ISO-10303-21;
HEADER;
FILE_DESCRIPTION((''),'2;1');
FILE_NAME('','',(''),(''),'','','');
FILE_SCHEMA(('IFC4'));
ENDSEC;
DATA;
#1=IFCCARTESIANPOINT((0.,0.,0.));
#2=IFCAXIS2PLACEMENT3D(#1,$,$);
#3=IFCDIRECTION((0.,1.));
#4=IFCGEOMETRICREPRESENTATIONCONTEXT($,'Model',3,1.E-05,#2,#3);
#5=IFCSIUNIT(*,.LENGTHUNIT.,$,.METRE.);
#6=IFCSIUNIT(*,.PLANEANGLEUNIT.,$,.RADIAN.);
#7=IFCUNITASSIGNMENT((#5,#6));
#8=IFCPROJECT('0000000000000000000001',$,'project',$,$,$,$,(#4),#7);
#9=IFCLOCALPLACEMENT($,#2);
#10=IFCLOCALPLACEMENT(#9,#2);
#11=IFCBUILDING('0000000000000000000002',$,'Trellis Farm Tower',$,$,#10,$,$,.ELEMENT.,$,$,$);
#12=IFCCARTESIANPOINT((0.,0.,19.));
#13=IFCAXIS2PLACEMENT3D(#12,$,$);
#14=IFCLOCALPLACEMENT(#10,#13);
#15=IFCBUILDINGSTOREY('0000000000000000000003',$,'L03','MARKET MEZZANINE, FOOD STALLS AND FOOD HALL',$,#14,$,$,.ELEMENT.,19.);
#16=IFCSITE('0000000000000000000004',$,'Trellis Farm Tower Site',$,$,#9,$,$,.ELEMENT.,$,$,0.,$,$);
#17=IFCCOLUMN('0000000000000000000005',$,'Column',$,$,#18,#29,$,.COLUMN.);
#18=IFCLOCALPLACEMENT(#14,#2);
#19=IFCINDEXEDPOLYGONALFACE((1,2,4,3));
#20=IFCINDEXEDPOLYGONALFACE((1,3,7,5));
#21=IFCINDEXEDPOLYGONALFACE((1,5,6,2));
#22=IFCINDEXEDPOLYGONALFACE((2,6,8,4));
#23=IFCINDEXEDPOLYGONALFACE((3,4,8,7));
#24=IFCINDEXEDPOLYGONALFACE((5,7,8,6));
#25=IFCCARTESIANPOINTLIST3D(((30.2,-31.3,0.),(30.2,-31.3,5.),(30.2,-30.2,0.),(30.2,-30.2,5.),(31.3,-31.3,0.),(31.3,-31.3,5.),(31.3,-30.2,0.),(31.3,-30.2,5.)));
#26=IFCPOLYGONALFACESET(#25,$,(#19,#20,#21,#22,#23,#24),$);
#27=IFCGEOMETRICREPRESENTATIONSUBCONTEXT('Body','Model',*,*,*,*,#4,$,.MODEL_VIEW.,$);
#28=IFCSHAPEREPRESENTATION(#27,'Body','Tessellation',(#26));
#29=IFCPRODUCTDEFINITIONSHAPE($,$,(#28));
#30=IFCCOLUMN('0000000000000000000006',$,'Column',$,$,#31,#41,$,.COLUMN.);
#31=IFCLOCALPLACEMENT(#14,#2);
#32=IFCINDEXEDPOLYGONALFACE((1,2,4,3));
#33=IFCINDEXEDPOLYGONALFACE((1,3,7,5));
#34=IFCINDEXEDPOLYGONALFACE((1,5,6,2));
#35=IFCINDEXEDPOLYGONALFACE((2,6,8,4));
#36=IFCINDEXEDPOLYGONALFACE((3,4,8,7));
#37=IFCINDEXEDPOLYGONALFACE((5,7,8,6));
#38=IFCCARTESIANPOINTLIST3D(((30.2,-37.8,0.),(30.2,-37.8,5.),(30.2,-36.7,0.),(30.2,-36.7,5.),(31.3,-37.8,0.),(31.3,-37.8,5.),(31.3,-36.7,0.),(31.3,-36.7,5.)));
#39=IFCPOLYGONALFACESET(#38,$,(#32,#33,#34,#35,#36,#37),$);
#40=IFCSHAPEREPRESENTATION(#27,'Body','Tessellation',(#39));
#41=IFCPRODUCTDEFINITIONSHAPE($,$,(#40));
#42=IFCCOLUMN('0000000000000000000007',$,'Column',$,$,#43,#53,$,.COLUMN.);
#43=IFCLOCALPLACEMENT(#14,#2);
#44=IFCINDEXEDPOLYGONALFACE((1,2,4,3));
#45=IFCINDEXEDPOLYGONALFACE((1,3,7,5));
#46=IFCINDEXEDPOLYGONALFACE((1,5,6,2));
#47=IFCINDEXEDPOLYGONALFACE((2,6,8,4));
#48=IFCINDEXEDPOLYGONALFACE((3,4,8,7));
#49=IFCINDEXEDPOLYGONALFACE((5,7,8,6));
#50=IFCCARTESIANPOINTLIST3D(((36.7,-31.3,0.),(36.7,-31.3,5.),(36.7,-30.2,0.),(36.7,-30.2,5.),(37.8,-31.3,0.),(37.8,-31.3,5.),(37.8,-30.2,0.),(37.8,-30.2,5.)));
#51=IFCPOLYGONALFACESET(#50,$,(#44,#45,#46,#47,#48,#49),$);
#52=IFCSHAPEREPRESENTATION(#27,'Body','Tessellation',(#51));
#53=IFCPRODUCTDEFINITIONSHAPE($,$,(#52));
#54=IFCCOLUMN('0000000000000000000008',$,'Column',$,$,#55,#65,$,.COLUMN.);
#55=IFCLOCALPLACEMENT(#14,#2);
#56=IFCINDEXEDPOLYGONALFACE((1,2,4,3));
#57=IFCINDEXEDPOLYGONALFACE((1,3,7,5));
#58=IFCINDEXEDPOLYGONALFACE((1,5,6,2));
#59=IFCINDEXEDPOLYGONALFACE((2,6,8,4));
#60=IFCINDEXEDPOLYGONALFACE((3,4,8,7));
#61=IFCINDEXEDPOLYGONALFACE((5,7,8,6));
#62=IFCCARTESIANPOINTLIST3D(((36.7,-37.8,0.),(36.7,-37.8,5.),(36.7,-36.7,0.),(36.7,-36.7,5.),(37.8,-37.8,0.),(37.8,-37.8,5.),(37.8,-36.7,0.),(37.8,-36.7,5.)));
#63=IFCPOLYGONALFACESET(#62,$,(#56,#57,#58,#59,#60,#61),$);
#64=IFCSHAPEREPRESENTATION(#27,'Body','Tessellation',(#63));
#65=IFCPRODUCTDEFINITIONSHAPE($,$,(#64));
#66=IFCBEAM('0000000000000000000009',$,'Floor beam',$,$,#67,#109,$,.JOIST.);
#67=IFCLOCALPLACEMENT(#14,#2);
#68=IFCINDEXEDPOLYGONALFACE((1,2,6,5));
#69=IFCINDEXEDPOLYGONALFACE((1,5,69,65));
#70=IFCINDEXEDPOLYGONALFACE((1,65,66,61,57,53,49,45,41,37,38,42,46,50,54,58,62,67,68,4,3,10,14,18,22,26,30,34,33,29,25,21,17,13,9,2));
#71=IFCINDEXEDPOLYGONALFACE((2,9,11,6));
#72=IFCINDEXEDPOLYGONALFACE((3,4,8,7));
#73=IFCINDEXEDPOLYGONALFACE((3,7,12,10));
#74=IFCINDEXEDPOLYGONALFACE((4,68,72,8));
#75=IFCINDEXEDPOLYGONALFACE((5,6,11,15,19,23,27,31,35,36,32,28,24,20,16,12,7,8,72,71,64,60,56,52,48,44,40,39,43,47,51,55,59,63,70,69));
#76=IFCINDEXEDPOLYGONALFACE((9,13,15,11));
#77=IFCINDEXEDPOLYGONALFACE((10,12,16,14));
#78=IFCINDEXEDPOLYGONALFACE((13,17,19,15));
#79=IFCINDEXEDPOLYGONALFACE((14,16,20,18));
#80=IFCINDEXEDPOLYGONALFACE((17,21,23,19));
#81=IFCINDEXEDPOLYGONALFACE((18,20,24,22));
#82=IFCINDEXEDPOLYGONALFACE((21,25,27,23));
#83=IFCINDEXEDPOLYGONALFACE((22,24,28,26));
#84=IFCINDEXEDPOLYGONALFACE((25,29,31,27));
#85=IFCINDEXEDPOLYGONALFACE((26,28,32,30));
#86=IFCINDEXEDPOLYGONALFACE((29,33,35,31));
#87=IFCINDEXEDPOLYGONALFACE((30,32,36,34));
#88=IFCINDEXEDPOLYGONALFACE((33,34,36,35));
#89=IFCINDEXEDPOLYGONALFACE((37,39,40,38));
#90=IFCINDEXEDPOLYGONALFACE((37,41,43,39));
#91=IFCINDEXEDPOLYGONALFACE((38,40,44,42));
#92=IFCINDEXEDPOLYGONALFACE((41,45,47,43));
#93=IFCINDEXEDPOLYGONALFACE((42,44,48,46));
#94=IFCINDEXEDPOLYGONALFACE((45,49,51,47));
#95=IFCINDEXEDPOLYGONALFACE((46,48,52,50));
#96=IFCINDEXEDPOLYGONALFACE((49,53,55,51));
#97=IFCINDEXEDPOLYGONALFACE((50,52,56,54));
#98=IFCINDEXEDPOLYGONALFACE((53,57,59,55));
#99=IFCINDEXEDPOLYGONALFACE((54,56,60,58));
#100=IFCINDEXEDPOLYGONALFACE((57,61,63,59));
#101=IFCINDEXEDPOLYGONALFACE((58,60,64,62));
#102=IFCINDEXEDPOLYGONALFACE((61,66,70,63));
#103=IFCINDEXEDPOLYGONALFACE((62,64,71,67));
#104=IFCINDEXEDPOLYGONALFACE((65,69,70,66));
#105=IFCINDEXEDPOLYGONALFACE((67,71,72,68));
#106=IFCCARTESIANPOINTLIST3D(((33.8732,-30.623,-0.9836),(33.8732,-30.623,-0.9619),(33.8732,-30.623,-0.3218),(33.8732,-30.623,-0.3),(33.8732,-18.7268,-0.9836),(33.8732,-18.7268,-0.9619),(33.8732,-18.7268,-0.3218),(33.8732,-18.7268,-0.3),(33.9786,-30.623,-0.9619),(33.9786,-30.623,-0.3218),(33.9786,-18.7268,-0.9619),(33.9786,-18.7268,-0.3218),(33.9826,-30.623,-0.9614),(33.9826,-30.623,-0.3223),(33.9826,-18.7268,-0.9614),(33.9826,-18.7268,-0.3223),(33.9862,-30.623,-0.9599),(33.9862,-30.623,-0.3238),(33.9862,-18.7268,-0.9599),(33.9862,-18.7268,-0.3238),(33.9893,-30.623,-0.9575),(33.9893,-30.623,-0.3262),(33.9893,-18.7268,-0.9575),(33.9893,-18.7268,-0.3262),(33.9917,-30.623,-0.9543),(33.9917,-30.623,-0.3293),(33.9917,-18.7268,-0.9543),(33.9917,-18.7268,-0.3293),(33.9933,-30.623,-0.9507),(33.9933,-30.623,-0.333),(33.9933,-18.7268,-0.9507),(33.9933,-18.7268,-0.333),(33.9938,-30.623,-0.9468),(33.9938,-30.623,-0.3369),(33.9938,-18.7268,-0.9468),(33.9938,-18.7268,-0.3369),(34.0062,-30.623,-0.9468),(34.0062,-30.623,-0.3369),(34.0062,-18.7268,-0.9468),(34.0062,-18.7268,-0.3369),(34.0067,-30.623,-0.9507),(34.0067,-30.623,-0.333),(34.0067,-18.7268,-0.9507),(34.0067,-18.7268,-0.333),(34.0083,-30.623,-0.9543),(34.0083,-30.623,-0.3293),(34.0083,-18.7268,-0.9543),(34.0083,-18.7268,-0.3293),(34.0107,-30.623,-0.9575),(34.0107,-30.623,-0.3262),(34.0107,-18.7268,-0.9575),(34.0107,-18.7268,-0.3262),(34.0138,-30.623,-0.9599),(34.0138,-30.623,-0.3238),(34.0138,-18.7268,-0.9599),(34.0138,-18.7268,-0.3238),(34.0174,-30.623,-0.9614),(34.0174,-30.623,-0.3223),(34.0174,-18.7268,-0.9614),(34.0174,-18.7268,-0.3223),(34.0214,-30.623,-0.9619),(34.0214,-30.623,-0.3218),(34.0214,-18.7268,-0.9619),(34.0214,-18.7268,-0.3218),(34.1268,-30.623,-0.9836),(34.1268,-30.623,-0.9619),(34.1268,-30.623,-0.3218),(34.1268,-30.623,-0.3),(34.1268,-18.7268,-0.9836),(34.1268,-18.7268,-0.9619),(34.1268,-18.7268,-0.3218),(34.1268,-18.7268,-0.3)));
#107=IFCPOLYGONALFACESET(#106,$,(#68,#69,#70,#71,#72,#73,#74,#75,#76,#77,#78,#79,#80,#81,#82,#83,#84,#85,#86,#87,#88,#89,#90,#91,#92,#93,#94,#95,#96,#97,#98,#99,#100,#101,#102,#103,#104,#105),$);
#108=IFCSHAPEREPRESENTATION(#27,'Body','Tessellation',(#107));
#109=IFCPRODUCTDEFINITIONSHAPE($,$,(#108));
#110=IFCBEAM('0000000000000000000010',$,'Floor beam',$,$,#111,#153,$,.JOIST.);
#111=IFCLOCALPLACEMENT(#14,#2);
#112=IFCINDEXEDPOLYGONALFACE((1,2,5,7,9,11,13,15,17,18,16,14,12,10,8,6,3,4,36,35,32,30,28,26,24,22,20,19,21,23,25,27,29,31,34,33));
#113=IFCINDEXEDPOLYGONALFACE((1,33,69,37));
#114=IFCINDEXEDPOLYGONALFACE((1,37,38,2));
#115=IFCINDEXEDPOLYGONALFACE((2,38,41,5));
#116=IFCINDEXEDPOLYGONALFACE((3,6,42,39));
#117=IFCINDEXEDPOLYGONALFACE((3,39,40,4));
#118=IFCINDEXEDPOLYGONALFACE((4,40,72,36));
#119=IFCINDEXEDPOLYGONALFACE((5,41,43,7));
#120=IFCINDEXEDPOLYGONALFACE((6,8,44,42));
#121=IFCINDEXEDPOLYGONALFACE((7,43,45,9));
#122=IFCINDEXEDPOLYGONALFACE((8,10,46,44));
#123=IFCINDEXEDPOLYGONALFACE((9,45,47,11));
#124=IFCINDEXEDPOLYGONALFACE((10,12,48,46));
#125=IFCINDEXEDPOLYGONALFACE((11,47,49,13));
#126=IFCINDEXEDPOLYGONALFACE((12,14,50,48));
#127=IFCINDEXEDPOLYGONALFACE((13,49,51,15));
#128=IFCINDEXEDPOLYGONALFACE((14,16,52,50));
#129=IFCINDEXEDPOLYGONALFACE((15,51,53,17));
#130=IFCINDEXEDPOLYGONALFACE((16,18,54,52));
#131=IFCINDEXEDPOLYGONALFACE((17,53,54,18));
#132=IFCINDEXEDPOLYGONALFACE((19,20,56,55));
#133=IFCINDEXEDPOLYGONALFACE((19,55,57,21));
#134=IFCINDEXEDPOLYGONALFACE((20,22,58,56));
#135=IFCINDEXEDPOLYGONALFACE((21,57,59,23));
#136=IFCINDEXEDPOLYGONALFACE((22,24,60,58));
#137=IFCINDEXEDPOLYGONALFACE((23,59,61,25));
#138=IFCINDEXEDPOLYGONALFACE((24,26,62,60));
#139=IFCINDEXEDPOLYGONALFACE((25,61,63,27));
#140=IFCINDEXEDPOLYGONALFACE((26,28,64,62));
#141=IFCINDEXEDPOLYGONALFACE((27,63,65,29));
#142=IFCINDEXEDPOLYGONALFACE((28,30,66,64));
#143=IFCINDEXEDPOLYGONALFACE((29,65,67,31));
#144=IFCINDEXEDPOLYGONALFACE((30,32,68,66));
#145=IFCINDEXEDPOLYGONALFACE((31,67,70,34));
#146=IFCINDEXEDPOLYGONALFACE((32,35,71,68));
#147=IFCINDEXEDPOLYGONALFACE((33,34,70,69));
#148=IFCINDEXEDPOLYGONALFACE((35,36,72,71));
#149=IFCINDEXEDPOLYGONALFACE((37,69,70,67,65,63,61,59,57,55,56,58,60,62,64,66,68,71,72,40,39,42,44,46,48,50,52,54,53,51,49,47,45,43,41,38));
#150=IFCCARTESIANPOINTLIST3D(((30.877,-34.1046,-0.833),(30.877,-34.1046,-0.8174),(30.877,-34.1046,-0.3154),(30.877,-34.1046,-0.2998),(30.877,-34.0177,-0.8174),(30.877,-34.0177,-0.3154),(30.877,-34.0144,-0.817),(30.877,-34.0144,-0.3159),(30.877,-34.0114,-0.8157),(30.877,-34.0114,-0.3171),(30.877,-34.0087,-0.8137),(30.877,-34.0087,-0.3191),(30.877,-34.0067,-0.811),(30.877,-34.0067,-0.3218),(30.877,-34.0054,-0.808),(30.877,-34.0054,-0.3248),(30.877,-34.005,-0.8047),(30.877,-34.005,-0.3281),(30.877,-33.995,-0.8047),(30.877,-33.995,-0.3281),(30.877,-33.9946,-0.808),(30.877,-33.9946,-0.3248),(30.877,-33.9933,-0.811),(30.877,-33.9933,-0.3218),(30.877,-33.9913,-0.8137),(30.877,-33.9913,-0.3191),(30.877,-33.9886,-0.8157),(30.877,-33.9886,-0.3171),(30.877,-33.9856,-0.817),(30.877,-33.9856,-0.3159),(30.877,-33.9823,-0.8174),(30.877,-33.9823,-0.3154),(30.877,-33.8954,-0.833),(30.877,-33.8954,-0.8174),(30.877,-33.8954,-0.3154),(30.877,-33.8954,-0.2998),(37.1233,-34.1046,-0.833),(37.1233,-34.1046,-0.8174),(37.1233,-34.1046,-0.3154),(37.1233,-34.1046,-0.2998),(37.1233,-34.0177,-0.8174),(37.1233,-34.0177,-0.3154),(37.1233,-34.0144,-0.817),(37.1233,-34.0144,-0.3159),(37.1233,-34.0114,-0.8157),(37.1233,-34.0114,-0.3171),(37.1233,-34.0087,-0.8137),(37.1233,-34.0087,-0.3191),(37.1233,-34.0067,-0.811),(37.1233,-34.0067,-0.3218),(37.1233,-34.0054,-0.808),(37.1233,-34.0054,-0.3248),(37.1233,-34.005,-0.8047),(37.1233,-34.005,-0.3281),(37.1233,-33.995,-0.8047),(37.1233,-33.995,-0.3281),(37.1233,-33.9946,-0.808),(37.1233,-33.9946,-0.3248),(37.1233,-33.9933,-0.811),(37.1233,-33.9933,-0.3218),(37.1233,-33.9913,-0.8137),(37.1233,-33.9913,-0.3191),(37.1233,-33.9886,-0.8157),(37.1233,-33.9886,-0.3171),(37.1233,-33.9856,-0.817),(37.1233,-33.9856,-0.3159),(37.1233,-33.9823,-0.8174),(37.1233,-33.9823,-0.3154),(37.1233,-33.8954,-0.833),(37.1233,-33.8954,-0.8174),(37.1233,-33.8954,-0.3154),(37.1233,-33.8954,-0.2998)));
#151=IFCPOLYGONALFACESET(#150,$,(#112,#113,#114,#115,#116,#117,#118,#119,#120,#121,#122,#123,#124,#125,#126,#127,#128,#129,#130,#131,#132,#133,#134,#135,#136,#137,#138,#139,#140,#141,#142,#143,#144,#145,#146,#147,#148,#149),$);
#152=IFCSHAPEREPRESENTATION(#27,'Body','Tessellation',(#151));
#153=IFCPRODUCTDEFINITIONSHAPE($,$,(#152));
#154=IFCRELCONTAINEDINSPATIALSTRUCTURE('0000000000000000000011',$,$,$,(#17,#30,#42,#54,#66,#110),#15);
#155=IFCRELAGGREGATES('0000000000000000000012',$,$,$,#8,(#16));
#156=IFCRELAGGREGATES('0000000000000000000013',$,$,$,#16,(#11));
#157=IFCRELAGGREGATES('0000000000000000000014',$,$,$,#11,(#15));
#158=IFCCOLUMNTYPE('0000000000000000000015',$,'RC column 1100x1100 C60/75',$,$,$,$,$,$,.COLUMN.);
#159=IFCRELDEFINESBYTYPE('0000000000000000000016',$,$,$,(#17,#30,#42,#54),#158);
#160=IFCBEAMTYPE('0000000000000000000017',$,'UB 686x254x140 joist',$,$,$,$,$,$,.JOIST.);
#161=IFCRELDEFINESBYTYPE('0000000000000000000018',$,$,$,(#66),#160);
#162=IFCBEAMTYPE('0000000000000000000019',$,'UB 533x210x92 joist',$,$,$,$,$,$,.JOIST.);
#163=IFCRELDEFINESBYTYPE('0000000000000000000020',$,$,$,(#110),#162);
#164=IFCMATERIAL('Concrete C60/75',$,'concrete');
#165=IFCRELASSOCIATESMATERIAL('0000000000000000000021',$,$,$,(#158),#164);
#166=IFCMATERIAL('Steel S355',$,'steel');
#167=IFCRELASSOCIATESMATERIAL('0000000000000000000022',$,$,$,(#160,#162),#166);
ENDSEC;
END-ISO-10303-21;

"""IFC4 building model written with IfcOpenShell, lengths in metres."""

from ifc_helpers import new_model, si_unit, direction, frame, origin, origin_2d, place, context, subcontext, project, spatial, rectangle, i_section, extrude, source, transform, mapped, material, material_profile, profile_set, type_object, element, save


model = new_model("IFC4")

# Units and contexts
model_context = context("Model", 3, precision=1e-05, world=origin(), true_north=direction((0.0, 1.0)))
body_context = subcontext(model_context, "Body", "Model", "MODEL_VIEW")
ifc_project = project(units=[si_unit("LENGTHUNIT", "METRE"), si_unit("PLANEANGLEUNIT", "RADIAN")], contexts=[model_context])

# Site, building, storey
site_placement = place(None, origin())
site = spatial("IfcSite", under=ifc_project, at=site_placement, Name="Trellis Farm Tower Site", CompositionType="ELEMENT", RefElevation=0.0)
building_placement = place(site_placement, origin())
building = spatial("IfcBuilding", under=site, at=building_placement, Name="Trellis Farm Tower", CompositionType="ELEMENT")
storey_placement = place(building_placement, frame((0.0, 0.0, 19.0)))
storey = spatial("IfcBuildingStorey", under=building, at=storey_placement, Name="L03", Description="MARKET MEZZANINE, FOOD STALLS AND FOOD HALL", CompositionType="ELEMENT", Elevation=19.0)

# Columns
ifc_material_1 = material(Name="Concrete C60/75", Category="concrete")
ifc_material_profile_1 = material_profile(ifc_material_1, rectangle(XDim=1.1001, YDim=1.1001, at=origin_2d()), Name="RC column 1100x1100 C60/75")
ifc_profile_set_1 = profile_set([ifc_material_profile_1], Name="Concrete C60/75")
column_type = type_object("IfcColumnType", Name="RC column 1100x1100 C60/75", PredefinedType="COLUMN", material=ifc_profile_set_1)
shared_shape_1 = source(origin(), body_context, "Body", "SweptSolid", [
    extrude(rectangle(XDim=1.1001, YDim=1.1001, at=origin_2d()), origin(), (0.0, 0.0, 1.0), 5.0),
])
for number, where, z_axis, x_axis, name in (
    (1, (30.75, -30.75, 0.0), (0.0, 0.0, 1.0), (1.0, 0.0, 0.0), "Column"),
    (2, (30.75, -37.25, 0.0), (0.0, 0.0, 1.0), (1.0, 0.0, 0.0), "Column"),
    (3, (37.25, -30.75, 0.0), (0.0, 0.0, 1.0), (1.0, 0.0, 0.0), "Column"),
    (4, (37.25, -37.25, 0.0), (0.0, 0.0, 1.0), (1.0, 0.0, 0.0), "Column"),
):
    element("IfcColumn", number, at=place(storey_placement, frame(where, z_axis=z_axis, x_axis=x_axis)), inside=storey, type_object=column_type, Name=name, PredefinedType="COLUMN", context=body_context, shape_type="MappedRepresentation", body=[
        mapped(shared_shape_1, transform((0.0, 0.0, 0.0))),
    ])

# Beams
ifc_material_2 = material(Name="Steel S355", Category="steel")
ifc_material_profile_2 = material_profile(ifc_material_2, i_section(OverallWidth=0.2537, OverallDepth=0.6836, WebThickness=0.0125, FlangeThickness=0.0217, FilletRadius=0.0151, at=origin_2d()), Name="UB 686x254x140")
ifc_profile_set_2 = profile_set([ifc_material_profile_2], Name="Steel S355")
beam_type_1 = type_object("IfcBeamType", Name="UB 686x254x140 joist", PredefinedType="JOIST", material=ifc_profile_set_2)
shared_shape_2 = source(origin(), body_context, "Body", "SweptSolid", [
    extrude(i_section(OverallWidth=0.2537, OverallDepth=0.6836, WebThickness=0.0125, FlangeThickness=0.0217, FilletRadius=0.0151, at=origin_2d()), origin(), (0.0, 0.0, 1.0), 11.8962),
])
beam_1_placement = place(storey_placement, frame((34.0, -30.623, -0.6418), z_axis=(0.0, 1.0, 0.0), x_axis=(-1.0, 0.0, 0.0)))
element("IfcBeam", 5, at=beam_1_placement, inside=storey, type_object=beam_type_1, Name="Floor beam", PredefinedType="JOIST", context=body_context, shape_type="MappedRepresentation", body=[
    mapped(shared_shape_2, transform((0.0, 0.0, 0.0))),
])
ifc_material_profile_3 = material_profile(ifc_material_2, i_section(OverallWidth=0.2092, OverallDepth=0.5332, WebThickness=0.01, FlangeThickness=0.0156, FilletRadius=0.0127, at=origin_2d()), Name="UB 533x210x92")
ifc_profile_set_3 = profile_set([ifc_material_profile_3], Name="Steel S355")
beam_type_2 = type_object("IfcBeamType", Name="UB 533x210x92 joist", PredefinedType="JOIST", material=ifc_profile_set_3)
shared_shape_3 = source(origin(), body_context, "Body", "SweptSolid", [
    extrude(i_section(OverallWidth=0.2092, OverallDepth=0.5332, WebThickness=0.01, FlangeThickness=0.0156, FilletRadius=0.0127, at=origin_2d()), origin(), (0.0, 0.0, 1.0), 6.2463),
])
beam_2_placement = place(storey_placement, frame((30.877, -34.0, -0.5664), z_axis=(1.0, 0.0, 0.0), x_axis=(0.0, 1.0, 0.0)))
element("IfcBeam", 6, at=beam_2_placement, inside=storey, type_object=beam_type_2, Name="Floor beam", PredefinedType="JOIST", context=body_context, shape_type="MappedRepresentation", body=[
    mapped(shared_shape_3, transform((0.0, 0.0, 0.0))),
])

save(model, "model.ifc")
